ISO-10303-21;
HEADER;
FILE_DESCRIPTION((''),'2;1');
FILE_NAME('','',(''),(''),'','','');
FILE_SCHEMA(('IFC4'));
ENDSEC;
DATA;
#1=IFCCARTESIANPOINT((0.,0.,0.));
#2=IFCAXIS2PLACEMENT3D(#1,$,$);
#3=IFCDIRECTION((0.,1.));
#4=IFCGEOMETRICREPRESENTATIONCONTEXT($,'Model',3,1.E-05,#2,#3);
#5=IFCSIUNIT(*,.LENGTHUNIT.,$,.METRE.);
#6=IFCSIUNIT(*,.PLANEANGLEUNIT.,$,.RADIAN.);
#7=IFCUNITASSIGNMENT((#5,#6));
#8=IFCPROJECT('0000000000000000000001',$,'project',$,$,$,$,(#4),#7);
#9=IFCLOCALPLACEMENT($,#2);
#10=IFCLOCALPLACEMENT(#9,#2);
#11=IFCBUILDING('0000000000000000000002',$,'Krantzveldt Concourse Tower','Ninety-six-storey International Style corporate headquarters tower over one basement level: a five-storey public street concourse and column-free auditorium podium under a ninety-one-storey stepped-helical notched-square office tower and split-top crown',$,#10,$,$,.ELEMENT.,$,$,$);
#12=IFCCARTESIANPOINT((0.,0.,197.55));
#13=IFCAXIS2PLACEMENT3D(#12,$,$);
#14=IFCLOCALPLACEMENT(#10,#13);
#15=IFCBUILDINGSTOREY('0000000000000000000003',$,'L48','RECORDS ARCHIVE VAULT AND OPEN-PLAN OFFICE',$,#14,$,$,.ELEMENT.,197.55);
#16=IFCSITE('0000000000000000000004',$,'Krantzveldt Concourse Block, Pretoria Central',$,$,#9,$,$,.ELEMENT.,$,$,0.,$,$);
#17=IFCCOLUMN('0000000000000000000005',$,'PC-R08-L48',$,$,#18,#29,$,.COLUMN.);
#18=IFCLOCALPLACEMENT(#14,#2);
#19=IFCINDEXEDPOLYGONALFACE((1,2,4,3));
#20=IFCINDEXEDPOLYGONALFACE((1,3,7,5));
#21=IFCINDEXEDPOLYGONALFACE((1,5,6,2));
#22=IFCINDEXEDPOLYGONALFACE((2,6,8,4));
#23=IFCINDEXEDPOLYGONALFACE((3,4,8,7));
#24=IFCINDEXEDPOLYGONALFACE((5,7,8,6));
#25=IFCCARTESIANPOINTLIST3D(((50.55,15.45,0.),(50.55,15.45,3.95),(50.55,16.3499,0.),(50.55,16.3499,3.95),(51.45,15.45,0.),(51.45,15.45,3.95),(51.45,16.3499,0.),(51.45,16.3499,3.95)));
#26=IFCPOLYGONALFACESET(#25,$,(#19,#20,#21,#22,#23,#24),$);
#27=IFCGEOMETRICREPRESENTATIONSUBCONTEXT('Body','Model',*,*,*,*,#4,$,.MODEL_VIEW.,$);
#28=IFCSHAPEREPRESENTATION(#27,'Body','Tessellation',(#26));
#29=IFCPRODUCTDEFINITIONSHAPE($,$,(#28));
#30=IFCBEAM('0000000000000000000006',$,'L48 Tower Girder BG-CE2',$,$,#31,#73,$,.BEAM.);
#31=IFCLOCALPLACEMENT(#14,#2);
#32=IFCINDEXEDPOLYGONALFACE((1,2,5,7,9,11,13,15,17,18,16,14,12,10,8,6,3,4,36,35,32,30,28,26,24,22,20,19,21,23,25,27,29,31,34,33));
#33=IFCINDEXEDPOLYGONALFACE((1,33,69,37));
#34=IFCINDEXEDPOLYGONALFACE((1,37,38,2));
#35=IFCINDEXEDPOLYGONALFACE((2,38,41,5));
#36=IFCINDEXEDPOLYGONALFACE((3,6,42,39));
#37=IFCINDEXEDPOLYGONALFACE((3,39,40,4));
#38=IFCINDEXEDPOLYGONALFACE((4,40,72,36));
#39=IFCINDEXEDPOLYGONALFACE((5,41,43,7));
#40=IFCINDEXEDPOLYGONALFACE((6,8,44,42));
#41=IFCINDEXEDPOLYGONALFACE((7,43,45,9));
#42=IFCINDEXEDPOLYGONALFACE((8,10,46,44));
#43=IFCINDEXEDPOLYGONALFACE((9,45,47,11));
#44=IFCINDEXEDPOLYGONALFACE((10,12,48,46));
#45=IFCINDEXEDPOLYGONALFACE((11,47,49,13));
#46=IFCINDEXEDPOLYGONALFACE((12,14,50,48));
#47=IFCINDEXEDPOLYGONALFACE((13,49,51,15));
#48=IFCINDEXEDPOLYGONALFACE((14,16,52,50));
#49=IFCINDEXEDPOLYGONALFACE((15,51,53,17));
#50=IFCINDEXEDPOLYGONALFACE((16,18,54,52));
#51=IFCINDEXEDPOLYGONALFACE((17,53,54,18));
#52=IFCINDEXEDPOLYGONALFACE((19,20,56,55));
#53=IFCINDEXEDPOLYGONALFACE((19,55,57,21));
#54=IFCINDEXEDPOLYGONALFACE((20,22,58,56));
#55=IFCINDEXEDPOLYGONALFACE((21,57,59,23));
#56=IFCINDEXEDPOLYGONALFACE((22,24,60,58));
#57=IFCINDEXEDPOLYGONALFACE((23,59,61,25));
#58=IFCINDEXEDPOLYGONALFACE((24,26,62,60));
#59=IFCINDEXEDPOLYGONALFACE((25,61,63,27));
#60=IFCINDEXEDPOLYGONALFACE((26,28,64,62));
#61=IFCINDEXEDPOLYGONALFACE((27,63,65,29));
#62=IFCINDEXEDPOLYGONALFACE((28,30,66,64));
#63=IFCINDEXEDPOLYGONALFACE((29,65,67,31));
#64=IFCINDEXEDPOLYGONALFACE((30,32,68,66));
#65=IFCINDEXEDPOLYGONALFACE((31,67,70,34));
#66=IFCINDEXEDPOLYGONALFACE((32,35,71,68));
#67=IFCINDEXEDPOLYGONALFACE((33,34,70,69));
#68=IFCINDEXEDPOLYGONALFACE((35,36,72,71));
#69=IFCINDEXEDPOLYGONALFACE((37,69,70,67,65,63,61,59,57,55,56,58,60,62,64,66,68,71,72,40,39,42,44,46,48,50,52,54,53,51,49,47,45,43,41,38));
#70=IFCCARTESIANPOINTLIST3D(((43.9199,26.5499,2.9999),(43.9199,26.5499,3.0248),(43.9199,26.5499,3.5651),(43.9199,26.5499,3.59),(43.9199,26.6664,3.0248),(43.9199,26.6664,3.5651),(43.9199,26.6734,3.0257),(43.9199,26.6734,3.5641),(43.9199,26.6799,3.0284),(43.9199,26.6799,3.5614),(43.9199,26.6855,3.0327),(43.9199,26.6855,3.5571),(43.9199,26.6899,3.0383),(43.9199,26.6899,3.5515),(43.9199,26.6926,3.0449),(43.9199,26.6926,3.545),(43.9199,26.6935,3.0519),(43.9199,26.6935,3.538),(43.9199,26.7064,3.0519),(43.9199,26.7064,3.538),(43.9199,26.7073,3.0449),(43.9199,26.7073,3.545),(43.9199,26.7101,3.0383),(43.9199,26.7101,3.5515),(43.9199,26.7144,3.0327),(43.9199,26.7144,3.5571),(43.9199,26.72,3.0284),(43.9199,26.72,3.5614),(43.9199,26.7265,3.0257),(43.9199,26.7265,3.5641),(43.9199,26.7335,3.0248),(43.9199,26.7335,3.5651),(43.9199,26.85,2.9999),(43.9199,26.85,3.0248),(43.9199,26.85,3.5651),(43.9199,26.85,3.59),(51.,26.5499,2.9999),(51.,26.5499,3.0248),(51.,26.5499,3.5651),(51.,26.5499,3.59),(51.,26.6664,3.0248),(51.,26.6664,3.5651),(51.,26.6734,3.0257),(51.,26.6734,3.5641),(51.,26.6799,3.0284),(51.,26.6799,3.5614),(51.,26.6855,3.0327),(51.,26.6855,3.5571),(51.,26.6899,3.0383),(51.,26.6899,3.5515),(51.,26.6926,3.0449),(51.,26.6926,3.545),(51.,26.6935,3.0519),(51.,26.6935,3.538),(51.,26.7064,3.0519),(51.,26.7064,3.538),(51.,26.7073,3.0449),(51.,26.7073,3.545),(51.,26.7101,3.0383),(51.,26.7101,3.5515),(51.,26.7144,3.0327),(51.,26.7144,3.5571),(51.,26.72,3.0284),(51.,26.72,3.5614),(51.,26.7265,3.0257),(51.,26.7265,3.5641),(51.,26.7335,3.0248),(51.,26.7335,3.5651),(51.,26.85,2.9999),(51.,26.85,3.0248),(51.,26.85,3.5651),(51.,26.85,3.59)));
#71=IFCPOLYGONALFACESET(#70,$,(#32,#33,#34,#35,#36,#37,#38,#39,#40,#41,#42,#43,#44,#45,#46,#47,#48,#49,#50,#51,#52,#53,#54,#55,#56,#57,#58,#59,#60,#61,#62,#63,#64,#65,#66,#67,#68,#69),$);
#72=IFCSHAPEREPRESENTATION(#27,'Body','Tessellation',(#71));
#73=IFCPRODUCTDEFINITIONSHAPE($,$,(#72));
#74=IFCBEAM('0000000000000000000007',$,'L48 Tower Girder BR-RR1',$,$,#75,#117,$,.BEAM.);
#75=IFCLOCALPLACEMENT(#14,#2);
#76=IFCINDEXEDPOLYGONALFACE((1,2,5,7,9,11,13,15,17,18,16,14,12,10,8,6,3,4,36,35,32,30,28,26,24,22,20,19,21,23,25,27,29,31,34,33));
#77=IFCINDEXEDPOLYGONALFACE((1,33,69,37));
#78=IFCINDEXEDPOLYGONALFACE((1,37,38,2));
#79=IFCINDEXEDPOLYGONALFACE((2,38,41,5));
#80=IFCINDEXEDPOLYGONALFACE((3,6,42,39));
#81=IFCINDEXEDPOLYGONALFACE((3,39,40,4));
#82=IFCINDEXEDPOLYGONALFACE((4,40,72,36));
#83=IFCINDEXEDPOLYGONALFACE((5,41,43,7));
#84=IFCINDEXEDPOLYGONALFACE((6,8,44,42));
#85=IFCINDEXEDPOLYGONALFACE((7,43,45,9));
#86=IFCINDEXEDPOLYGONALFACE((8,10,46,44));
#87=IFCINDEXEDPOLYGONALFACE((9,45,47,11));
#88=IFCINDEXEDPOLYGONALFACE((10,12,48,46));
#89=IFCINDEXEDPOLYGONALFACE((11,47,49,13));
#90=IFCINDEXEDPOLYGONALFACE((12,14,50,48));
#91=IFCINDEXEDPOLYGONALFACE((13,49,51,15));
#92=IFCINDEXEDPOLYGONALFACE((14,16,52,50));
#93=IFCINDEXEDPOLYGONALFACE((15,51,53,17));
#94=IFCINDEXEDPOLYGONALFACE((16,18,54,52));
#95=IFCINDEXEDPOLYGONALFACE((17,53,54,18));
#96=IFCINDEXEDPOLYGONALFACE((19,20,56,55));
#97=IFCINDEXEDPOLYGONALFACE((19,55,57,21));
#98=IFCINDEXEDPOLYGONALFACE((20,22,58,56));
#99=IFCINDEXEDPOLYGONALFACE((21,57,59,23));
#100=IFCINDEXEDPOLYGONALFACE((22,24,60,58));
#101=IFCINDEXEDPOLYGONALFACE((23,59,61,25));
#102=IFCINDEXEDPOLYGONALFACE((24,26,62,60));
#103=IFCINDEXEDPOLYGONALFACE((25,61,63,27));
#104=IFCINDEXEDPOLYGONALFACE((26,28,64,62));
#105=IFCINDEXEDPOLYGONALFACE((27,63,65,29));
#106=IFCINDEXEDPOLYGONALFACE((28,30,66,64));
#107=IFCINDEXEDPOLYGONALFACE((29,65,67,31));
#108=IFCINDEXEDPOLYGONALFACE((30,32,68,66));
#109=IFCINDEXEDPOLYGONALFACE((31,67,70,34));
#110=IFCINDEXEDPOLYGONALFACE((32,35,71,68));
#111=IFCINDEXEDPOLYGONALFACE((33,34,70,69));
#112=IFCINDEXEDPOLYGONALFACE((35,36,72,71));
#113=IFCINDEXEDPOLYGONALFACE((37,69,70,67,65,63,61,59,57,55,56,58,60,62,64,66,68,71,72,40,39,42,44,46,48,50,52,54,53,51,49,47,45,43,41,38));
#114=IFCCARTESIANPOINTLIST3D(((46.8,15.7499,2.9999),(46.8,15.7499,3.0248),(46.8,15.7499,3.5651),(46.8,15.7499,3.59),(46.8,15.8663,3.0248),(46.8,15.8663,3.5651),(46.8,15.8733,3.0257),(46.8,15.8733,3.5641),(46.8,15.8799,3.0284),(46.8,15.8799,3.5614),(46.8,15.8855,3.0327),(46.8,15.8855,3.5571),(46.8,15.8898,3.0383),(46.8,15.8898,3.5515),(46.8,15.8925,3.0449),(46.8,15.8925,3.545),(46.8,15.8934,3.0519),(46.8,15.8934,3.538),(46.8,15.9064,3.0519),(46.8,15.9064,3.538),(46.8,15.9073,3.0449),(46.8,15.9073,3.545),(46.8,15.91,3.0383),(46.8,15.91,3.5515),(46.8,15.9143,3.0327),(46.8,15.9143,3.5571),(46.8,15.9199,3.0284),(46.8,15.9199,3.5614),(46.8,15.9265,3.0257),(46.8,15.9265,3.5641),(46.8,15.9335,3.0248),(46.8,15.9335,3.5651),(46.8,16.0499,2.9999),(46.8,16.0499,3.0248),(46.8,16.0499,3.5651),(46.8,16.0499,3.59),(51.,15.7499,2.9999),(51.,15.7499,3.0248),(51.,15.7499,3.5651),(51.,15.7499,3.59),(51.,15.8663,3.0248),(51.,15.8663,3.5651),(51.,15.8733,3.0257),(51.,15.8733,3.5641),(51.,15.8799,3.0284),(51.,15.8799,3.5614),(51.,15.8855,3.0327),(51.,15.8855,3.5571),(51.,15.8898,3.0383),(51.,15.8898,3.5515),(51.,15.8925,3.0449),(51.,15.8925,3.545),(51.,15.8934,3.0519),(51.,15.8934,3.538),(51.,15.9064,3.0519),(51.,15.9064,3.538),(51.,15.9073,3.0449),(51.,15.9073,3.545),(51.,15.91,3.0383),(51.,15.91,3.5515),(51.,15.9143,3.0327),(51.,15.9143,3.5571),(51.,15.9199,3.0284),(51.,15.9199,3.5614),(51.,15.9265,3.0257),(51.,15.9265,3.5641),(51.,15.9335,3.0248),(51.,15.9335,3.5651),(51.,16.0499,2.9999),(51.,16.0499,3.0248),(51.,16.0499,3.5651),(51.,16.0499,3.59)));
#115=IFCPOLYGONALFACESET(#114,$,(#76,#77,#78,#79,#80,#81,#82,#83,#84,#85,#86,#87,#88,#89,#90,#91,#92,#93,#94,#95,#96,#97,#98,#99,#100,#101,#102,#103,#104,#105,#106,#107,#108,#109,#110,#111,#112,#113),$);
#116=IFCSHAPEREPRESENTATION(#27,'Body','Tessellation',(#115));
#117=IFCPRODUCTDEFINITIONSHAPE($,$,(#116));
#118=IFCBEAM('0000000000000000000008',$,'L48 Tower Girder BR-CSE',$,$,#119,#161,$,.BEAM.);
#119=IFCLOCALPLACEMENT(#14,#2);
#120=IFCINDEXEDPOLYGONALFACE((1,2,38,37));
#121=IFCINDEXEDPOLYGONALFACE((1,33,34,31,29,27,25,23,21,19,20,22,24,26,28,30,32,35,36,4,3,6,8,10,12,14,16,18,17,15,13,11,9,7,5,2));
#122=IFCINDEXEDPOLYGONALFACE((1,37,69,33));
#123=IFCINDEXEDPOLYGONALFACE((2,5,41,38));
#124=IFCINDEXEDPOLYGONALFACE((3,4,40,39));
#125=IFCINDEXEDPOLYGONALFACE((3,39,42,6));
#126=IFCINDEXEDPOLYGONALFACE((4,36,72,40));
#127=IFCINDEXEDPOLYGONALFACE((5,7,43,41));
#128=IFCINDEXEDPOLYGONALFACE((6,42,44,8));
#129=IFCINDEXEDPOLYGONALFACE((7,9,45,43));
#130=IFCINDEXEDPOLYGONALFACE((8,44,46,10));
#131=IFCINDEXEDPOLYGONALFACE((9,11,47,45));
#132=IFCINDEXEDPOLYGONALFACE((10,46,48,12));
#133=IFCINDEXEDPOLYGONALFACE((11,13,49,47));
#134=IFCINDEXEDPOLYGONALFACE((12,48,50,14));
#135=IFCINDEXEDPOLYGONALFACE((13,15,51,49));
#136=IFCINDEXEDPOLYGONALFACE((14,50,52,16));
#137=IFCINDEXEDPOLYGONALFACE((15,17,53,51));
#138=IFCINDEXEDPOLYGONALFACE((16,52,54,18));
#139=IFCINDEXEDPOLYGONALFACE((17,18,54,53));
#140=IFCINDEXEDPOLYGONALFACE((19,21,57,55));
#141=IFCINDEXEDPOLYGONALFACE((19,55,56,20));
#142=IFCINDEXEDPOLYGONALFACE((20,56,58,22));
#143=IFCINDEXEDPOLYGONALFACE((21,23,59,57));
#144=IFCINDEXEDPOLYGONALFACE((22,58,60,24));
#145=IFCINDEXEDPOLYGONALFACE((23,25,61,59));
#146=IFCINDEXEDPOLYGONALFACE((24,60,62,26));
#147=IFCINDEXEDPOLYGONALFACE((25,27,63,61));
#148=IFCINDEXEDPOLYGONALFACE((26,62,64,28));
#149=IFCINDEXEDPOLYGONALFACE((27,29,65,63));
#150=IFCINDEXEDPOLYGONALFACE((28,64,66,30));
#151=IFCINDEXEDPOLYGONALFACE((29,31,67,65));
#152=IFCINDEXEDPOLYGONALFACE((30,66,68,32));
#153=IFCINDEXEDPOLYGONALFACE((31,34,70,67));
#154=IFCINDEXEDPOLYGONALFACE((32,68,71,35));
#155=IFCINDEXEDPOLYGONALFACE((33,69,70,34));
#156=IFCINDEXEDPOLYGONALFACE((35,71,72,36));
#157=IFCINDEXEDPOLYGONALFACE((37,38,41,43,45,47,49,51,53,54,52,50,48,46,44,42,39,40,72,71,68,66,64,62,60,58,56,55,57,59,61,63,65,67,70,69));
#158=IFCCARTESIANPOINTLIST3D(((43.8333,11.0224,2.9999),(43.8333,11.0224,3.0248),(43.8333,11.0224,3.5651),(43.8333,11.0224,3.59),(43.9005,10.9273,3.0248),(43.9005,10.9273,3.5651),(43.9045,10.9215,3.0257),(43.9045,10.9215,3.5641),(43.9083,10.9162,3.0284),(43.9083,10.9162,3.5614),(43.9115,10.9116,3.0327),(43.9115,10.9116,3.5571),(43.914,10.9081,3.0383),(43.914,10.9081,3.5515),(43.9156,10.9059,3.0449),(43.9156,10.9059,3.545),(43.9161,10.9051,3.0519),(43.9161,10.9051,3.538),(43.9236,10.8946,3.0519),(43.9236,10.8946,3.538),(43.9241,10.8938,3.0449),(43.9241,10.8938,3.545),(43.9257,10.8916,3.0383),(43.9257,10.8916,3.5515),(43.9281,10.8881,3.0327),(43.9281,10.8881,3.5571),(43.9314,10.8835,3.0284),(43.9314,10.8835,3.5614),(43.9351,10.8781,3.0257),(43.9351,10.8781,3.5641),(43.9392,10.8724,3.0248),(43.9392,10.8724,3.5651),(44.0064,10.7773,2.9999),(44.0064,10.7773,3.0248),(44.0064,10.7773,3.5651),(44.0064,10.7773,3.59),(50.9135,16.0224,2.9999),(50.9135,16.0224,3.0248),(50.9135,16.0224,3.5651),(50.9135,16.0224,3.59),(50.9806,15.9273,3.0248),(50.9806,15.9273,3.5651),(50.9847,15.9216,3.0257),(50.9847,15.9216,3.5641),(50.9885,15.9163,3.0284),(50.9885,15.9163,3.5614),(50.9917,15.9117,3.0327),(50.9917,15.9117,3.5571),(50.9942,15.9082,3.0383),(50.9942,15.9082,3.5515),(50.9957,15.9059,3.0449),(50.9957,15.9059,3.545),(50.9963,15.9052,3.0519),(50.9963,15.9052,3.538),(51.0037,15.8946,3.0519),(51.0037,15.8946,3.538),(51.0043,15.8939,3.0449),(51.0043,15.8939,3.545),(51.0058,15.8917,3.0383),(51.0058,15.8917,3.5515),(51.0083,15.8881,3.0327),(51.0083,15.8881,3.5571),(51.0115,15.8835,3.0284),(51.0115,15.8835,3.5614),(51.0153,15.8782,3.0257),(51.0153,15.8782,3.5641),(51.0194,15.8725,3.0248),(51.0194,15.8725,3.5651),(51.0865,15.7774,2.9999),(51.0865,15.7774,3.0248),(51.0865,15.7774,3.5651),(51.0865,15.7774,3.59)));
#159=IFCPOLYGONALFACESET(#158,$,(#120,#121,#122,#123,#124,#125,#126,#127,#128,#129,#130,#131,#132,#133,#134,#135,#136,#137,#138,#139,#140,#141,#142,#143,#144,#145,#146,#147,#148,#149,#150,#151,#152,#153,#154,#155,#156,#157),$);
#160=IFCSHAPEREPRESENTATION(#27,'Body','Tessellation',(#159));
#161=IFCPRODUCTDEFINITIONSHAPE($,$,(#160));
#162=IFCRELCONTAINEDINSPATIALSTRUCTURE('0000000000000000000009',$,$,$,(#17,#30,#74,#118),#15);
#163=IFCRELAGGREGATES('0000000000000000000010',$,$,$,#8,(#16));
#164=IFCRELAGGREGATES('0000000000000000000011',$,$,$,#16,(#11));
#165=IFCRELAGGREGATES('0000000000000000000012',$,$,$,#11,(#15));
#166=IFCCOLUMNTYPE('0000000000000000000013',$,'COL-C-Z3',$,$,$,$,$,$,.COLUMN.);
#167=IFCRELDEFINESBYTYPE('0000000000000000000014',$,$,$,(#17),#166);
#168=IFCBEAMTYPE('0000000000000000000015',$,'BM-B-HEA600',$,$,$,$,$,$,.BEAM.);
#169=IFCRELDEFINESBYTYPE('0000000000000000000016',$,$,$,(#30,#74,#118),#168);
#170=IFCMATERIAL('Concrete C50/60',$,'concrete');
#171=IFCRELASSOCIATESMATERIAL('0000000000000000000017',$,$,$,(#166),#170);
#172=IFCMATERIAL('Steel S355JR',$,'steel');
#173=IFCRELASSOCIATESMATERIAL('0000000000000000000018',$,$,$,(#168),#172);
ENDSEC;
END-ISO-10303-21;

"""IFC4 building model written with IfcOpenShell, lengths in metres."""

from ifc_helpers import new_model, si_unit, direction, frame, origin, origin_2d, place, context, subcontext, project, spatial, rectangle, i_section, extrude, source, transform, mapped, material, material_profile, profile_set, type_object, type_shapes, element, save


model = new_model("IFC4")

# Units and contexts
model_context = context("Model", 3, precision=1e-05, world=origin(), true_north=direction((0.0, 1.0)))
body_context = subcontext(model_context, "Body", "Model", "MODEL_VIEW")
ifc_project = project(units=[si_unit("LENGTHUNIT", "METRE"), si_unit("PLANEANGLEUNIT", "RADIAN")], contexts=[model_context])

# Site, building, storey
site_placement = place(None, origin())
site = spatial("IfcSite", under=ifc_project, at=site_placement, Name="Krantzveldt Concourse Block, Pretoria Central", CompositionType="ELEMENT", RefElevation=0.0)
building_placement = place(site_placement, origin())
building = spatial("IfcBuilding", under=site, at=building_placement, Name="Krantzveldt Concourse Tower", Description="Ninety-six-storey International Style corporate headquarters tower over one basement level: a five-storey public street concourse and column-free auditorium podium under a ninety-one-storey stepped-helical notched-square office tower and split-top crown", CompositionType="ELEMENT")
storey_placement = place(building_placement, frame((0.0, 0.0, 197.55)))
storey = spatial("IfcBuildingStorey", under=building, at=storey_placement, Name="L48", Description="RECORDS ARCHIVE VAULT AND OPEN-PLAN OFFICE", CompositionType="ELEMENT", Elevation=197.55)

# Column
ifc_material_1 = material(Name="Concrete C50/60", Category="concrete")
ifc_material_profile_1 = material_profile(ifc_material_1, rectangle(XDim=0.8999, YDim=0.8999, at=origin_2d()), Name="Concrete C50/60", Category="concrete")
ifc_profile_set_1 = profile_set([ifc_material_profile_1], Name="Concrete C50/60 - RC 900x900")
column_type = type_object("IfcColumnType", Name="COL-C-Z3", PredefinedType="COLUMN", material=ifc_profile_set_1)
shared_shape_1 = source(origin(), body_context, "Body", "SweptSolid", [
    extrude(rectangle(XDim=0.8999, YDim=0.8999, at=origin_2d()), origin(), (0.0, 0.0, 1.0), 3.95),
])
type_shapes(column_type, [shared_shape_1])
column_placement = place(storey_placement, frame((51.0, 15.8999, 0.0), z_axis=(0.0, 0.0, 1.0), x_axis=(1.0, 0.0, 0.0)))
element("IfcColumn", 1, at=column_placement, inside=storey, type_object=column_type, Name="PC-R08-L48", PredefinedType="COLUMN", context=body_context, shape_type="MappedRepresentation", body=[
    mapped(shared_shape_1, transform((0.0, 0.0, 0.0), x_axis=(1.0, 0.0, 0.0), y_axis=(0.0, 1.0, 0.0), z_axis=(0.0, 0.0, 1.0), scale=1.0)),
])

# Beams
ifc_material_2 = material(Name="Steel S355JR", Category="steel")
ifc_material_profile_2 = material_profile(ifc_material_2, i_section(OverallWidth=0.3, OverallDepth=0.5901, WebThickness=0.0129, FlangeThickness=0.0249, FilletRadius=0.0271, at=origin_2d()), Name="Steel S355JR", Category="steel")
ifc_profile_set_2 = profile_set([ifc_material_profile_2], Name="Steel S355JR - HEA 600")
beam_type_1 = type_object("IfcBeamType", Name="BM-B-HEA600", PredefinedType="BEAM", material=ifc_profile_set_2)
shared_shape_2 = source(origin(), body_context, "Body", "SweptSolid", [
    extrude(i_section(OverallWidth=0.3, OverallDepth=0.5901, WebThickness=0.0129, FlangeThickness=0.0249, FilletRadius=0.0271, at=origin_2d()), origin(), (0.0, 0.0, 1.0), 7.0801),
])
beam_1_placement = place(storey_placement, frame((43.9199, 26.7, 3.2949), z_axis=(1.0, 0.0, 0.0), x_axis=(0.0, 1.0, 0.0)))
element("IfcBeam", 2, at=beam_1_placement, inside=storey, type_object=beam_type_1, Name="L48 Tower Girder BG-CE2", PredefinedType="BEAM", context=body_context, shape_type="MappedRepresentation", body=[
    mapped(shared_shape_2, transform((0.0, 0.0, 0.0), x_axis=(1.0, 0.0, 0.0), y_axis=(0.0, 1.0, 0.0), z_axis=(0.0, 0.0, 1.0), scale=1.0)),
])
shared_shape_3 = source(origin(), body_context, "Body", "SweptSolid", [
    extrude(i_section(OverallWidth=0.3, OverallDepth=0.5901, WebThickness=0.0129, FlangeThickness=0.0249, FilletRadius=0.0271, at=origin_2d()), origin(), (0.0, 0.0, 1.0), 4.2),
])
beam_2_placement = place(storey_placement, frame((46.8, 15.8999, 3.2949), z_axis=(1.0, 0.0, 0.0), x_axis=(0.0, 1.0, 0.0)))
element("IfcBeam", 3, at=beam_2_placement, inside=storey, type_object=beam_type_1, Name="L48 Tower Girder BR-RR1", PredefinedType="BEAM", context=body_context, shape_type="MappedRepresentation", body=[
    mapped(shared_shape_3, transform((0.0, 0.0, 0.0), x_axis=(1.0, 0.0, 0.0), y_axis=(0.0, 1.0, 0.0), z_axis=(0.0, 0.0, 1.0), scale=1.0)),
])
shared_shape_4 = source(origin(), body_context, "Body", "SweptSolid", [
    extrude(i_section(OverallWidth=0.3, OverallDepth=0.5901, WebThickness=0.0129, FlangeThickness=0.0249, FilletRadius=0.0271, at=origin_2d()), origin(), (0.0, 0.0, 1.0), 8.6677),
])
type_shapes(beam_type_1, [shared_shape_2, shared_shape_3, shared_shape_4])
beam_3_placement = place(storey_placement, frame((51.0, 15.8999, 3.2949), z_axis=(-0.816843, -0.57686, 0.0), x_axis=(0.57686, -0.816843, 0.0)))
element("IfcBeam", 4, at=beam_3_placement, inside=storey, type_object=beam_type_1, Name="L48 Tower Girder BR-CSE", PredefinedType="BEAM", context=body_context, shape_type="MappedRepresentation", body=[
    mapped(shared_shape_4, transform((0.0, 0.0, 0.0), x_axis=(1.0, 0.0, 0.0), y_axis=(0.0, 1.0, 0.0), z_axis=(0.0, 0.0, 1.0), scale=1.0)),
])

save(model, "model.ifc")
